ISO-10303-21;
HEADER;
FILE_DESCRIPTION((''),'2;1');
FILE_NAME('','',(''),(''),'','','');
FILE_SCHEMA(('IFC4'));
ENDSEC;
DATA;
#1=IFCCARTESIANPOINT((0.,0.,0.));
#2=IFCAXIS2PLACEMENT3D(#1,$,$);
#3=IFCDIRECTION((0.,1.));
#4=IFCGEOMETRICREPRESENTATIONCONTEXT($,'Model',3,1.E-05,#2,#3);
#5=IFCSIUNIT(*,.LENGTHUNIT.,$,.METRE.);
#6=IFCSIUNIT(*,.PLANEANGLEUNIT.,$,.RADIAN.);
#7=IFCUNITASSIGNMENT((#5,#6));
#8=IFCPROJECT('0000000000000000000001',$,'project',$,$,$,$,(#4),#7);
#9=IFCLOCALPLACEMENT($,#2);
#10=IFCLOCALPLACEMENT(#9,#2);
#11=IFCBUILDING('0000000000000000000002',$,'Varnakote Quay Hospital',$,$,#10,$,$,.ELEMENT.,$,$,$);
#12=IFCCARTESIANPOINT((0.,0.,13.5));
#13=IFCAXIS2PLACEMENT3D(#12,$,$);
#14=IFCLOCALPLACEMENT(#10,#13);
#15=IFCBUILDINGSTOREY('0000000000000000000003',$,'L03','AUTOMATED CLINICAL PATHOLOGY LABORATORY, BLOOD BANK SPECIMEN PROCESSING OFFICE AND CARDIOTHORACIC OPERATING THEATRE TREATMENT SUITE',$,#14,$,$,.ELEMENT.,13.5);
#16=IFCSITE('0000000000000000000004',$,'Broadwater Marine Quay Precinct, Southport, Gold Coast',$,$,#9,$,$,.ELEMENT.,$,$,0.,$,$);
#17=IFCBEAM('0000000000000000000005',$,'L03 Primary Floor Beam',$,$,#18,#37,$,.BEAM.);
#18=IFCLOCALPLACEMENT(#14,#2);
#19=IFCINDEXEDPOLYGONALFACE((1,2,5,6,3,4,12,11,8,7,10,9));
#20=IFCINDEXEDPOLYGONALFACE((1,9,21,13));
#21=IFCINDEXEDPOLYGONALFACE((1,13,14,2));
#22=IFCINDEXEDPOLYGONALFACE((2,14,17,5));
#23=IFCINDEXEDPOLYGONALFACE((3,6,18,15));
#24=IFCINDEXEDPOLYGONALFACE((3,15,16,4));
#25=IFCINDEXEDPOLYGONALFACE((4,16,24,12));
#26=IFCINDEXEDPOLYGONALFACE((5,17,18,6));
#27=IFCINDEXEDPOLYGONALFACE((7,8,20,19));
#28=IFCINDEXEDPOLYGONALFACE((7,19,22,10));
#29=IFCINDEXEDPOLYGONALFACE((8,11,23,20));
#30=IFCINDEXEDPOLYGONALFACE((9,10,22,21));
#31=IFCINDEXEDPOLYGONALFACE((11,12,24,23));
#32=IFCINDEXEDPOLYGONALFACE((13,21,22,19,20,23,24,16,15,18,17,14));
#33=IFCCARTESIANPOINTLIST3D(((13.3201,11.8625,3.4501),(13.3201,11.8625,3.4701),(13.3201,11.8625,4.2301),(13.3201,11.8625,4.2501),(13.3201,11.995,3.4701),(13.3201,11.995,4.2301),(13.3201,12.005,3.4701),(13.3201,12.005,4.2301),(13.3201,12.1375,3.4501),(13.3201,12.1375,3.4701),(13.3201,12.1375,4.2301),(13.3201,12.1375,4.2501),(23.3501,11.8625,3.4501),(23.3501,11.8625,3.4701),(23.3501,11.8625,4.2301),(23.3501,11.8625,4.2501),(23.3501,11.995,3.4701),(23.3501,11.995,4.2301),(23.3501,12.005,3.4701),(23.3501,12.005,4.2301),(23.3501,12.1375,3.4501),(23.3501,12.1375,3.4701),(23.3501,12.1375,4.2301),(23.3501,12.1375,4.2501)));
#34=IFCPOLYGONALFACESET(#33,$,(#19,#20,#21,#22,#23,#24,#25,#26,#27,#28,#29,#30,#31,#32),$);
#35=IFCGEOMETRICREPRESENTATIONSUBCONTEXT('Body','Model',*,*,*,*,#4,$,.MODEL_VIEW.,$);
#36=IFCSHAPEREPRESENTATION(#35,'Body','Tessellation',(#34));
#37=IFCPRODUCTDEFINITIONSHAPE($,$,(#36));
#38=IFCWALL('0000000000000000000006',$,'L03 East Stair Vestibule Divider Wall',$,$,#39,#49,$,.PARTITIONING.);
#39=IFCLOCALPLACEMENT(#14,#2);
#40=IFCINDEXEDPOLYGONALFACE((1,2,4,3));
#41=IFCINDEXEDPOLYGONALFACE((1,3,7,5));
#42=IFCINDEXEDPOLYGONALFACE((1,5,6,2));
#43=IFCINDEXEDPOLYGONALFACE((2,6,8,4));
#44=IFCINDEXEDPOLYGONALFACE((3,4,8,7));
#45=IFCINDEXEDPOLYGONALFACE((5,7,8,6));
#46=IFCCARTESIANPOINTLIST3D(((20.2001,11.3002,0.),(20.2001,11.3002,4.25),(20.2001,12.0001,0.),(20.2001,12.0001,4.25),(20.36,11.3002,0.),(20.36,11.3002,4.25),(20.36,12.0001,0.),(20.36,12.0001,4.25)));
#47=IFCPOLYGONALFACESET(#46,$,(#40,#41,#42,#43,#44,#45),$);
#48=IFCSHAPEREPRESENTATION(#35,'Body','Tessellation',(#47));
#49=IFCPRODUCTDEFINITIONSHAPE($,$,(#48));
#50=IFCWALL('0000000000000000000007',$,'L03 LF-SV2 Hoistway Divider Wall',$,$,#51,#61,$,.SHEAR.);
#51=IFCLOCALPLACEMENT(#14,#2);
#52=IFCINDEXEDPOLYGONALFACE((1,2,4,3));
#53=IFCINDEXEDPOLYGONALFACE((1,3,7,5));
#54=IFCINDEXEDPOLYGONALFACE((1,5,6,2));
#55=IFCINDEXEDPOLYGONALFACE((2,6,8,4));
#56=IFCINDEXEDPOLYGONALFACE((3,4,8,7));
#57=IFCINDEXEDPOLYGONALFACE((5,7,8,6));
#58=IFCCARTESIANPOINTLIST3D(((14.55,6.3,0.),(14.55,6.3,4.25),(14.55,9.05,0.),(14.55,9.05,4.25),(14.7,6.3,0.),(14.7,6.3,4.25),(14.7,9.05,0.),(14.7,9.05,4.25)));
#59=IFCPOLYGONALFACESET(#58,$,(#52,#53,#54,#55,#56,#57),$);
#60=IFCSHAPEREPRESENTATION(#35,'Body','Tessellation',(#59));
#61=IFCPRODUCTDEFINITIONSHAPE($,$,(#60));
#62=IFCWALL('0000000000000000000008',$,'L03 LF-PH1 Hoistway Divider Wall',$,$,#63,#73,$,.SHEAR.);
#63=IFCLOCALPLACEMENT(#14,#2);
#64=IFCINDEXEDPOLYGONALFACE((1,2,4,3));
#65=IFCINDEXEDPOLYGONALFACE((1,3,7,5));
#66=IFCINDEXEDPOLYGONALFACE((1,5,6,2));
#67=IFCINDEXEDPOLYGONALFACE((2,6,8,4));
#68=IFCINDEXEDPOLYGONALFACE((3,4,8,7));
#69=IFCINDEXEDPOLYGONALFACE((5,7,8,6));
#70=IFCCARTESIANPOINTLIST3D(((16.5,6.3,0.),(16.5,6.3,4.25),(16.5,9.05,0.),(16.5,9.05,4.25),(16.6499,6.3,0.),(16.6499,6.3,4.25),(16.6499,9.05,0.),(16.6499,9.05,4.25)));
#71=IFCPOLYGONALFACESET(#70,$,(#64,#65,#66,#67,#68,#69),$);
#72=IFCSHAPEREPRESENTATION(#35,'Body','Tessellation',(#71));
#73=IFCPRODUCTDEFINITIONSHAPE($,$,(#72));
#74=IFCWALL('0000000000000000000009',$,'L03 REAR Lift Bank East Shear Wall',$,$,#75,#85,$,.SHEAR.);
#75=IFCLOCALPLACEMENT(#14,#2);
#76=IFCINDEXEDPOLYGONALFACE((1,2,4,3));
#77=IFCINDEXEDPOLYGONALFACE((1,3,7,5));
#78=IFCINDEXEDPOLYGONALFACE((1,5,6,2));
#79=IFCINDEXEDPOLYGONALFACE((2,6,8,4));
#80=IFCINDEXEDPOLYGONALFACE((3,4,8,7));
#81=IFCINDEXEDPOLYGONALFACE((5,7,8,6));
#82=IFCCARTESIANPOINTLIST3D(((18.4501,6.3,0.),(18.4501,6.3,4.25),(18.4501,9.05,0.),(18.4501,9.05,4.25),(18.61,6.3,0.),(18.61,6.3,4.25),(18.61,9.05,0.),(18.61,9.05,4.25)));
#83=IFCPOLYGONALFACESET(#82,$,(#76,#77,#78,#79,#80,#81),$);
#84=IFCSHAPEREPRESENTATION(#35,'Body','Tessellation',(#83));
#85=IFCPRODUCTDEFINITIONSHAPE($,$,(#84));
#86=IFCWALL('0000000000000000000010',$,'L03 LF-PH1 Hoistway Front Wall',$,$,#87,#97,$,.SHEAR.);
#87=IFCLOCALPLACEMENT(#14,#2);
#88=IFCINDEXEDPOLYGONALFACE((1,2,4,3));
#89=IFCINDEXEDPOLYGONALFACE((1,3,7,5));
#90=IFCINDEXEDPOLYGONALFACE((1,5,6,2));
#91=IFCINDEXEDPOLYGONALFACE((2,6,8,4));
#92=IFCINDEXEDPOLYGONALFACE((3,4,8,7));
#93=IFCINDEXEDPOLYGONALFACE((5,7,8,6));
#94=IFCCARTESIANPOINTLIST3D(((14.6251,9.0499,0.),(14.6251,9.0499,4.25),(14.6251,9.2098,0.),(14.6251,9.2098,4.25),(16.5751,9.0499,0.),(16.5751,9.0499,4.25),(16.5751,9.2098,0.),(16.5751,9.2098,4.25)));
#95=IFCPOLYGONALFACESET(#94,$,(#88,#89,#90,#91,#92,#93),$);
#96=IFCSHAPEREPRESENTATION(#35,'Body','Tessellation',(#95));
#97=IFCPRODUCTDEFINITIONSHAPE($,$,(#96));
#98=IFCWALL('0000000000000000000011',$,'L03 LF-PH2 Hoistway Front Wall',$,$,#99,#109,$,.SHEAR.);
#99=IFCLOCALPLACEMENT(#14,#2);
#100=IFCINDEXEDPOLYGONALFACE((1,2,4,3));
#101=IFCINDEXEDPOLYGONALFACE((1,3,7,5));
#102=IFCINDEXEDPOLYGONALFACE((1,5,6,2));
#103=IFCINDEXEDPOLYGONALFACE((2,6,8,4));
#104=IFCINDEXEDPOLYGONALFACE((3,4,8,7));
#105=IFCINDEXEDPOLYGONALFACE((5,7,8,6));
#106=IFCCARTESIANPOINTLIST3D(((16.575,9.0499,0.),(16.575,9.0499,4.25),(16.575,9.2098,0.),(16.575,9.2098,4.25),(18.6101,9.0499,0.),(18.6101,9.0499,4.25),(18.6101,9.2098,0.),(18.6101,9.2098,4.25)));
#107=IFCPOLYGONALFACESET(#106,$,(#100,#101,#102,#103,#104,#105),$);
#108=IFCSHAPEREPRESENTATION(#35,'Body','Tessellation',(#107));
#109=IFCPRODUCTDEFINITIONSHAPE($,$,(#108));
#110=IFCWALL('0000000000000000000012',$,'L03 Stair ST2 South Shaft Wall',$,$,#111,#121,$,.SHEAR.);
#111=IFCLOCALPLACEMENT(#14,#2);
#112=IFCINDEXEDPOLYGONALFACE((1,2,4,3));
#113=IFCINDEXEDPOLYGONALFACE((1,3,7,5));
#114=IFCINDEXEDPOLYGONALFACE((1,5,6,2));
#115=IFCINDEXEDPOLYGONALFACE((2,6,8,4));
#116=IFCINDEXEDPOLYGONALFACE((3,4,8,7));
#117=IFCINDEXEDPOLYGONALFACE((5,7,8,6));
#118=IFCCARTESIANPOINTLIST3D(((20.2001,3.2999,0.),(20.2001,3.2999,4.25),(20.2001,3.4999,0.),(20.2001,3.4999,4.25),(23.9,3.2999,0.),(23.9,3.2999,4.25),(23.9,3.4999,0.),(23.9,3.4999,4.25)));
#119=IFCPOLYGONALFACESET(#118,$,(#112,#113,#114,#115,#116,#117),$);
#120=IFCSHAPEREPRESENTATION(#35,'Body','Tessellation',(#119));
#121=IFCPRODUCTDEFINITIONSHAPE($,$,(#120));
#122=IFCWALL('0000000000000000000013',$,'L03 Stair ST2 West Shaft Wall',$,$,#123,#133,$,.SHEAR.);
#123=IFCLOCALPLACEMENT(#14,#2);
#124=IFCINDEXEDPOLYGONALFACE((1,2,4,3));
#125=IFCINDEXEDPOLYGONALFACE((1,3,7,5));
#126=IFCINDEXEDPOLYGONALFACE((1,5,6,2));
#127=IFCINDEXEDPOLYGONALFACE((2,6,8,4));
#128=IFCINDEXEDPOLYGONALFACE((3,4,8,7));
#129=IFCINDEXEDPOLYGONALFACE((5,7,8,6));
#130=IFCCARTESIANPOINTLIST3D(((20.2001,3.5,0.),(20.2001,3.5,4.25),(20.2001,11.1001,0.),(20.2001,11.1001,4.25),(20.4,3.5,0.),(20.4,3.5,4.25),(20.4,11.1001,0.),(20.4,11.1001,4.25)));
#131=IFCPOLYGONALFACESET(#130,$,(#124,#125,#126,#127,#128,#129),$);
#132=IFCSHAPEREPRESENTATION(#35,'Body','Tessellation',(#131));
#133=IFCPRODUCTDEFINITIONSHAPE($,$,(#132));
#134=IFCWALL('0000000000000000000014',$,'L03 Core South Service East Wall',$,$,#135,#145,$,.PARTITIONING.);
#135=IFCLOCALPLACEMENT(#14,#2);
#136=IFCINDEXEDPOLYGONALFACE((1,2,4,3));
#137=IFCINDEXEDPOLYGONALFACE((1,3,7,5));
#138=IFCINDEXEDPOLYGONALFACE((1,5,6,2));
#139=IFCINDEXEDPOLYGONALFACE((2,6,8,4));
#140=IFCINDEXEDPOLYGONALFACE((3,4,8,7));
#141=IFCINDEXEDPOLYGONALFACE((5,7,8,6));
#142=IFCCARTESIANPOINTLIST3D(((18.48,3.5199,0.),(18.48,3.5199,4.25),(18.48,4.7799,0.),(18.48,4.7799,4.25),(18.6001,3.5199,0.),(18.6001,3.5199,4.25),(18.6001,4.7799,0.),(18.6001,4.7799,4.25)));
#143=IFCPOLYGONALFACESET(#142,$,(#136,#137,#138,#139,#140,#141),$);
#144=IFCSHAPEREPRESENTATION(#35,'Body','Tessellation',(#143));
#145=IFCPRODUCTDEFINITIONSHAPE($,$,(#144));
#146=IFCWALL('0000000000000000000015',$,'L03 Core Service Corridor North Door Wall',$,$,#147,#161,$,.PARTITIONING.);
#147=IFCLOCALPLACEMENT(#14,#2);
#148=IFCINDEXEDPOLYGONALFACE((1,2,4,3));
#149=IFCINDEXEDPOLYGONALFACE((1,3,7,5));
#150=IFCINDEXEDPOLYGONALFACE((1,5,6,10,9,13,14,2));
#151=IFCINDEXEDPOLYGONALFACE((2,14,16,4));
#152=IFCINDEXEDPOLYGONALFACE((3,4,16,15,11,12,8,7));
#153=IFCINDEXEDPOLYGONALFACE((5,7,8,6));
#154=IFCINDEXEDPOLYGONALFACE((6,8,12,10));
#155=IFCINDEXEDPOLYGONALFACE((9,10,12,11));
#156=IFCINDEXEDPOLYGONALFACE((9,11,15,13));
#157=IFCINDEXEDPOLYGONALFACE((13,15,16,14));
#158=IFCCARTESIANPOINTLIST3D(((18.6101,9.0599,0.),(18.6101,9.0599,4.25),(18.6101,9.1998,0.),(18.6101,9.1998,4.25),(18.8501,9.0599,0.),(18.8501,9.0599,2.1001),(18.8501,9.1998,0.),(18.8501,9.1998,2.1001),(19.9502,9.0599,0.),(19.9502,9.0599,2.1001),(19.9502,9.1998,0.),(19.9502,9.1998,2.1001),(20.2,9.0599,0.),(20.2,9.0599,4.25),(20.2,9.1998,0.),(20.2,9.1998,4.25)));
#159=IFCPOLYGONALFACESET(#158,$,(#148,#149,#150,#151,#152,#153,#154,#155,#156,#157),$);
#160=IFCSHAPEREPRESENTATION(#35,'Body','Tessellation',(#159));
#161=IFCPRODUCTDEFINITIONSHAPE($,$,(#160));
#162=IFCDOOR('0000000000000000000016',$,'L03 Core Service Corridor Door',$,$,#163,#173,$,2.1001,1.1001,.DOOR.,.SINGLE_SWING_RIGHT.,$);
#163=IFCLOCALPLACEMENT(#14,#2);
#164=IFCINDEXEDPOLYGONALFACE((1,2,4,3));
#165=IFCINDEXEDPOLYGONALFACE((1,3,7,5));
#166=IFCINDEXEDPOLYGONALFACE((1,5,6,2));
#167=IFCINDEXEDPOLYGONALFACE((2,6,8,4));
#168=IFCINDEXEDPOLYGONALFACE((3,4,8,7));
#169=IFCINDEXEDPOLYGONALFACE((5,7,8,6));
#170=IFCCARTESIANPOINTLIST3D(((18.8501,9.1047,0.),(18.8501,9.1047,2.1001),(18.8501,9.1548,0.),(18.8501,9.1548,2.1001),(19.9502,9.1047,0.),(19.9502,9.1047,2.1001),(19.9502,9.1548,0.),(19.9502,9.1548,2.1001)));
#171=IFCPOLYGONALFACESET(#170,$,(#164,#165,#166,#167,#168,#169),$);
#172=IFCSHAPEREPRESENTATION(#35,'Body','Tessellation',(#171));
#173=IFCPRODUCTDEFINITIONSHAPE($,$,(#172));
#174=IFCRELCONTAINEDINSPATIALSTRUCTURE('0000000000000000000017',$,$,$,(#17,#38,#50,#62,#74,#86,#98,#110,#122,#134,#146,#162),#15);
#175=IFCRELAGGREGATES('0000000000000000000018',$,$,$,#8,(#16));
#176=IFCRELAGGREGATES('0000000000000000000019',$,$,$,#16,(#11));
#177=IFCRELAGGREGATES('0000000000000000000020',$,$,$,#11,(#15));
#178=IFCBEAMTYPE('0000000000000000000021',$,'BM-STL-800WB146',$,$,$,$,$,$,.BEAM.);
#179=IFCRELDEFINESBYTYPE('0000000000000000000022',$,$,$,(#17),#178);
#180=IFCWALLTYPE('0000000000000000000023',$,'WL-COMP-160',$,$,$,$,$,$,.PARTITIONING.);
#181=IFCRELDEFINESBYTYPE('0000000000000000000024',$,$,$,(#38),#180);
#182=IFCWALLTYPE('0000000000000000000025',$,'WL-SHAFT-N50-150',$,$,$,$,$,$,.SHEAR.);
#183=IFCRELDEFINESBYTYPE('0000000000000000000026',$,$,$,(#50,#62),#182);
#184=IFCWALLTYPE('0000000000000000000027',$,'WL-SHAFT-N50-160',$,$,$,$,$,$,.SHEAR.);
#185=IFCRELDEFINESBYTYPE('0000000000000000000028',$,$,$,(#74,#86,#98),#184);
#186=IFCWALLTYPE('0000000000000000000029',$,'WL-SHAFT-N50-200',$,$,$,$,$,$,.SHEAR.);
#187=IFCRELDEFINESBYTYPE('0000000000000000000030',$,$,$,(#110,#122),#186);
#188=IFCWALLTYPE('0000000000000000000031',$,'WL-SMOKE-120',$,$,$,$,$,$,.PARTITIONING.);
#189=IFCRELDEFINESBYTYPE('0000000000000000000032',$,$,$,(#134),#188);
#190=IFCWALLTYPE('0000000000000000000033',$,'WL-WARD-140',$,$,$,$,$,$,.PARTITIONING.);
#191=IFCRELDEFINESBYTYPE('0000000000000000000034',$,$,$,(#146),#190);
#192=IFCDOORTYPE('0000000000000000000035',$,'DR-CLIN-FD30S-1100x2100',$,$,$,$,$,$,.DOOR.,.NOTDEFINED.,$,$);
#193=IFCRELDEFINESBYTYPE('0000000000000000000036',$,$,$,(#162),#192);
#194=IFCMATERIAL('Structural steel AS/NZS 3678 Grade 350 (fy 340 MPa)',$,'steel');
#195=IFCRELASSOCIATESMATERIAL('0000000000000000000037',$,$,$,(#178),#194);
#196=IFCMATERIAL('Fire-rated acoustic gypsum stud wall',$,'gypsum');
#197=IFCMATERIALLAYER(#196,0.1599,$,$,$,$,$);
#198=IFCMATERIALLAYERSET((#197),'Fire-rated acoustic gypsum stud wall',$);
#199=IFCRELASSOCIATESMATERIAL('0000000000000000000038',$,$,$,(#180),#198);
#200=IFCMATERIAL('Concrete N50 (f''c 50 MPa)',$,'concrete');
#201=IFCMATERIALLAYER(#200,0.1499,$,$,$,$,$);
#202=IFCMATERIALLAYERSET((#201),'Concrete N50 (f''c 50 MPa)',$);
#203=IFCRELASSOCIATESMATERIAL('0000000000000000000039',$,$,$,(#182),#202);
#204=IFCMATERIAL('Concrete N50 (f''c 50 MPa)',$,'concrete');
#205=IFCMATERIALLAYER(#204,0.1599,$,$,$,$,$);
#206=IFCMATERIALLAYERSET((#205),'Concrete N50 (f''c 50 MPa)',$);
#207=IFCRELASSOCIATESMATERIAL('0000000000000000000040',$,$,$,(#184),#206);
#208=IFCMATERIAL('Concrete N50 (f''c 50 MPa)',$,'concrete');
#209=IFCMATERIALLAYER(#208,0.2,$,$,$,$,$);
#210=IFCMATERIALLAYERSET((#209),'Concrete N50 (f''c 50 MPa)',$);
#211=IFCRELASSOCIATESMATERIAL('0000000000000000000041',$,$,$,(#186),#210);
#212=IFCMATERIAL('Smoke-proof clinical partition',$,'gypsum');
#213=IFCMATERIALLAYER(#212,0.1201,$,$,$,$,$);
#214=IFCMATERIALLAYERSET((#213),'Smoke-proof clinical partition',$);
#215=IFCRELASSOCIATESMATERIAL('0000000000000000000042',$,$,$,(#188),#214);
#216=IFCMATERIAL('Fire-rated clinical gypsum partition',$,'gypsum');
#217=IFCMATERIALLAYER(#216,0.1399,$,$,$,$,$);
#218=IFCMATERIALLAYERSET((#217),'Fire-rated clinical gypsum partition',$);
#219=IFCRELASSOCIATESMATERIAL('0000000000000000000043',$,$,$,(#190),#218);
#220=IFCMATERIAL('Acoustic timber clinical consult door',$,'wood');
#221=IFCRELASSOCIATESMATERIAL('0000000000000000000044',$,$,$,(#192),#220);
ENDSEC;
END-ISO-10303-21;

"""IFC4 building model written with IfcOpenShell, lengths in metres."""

from ifc_helpers import new_model, si_unit, direction, frame, frame_2d, origin, origin_2d, place, context, subcontext, project, spatial, rectangle, i_section, extrude, material, layer, layer_set, material_profile, profile_set, type_object, element, fill, save


model = new_model("IFC4")

# Units and contexts
model_context = context("Model", 3, precision=1e-05, world=origin(), true_north=direction((0.0, 1.0)))
body_context = subcontext(model_context, "Body", "Model", "MODEL_VIEW")
ifc_project = project(units=[si_unit("LENGTHUNIT", "METRE"), si_unit("PLANEANGLEUNIT", "RADIAN")], contexts=[model_context])

# Site, building, storey
site_placement = place(None, origin())
site = spatial("IfcSite", under=ifc_project, at=site_placement, Name="Broadwater Marine Quay Precinct, Southport, Gold Coast", CompositionType="ELEMENT", RefElevation=0.0)
building_placement = place(site_placement, origin())
building = spatial("IfcBuilding", under=site, at=building_placement, Name="Varnakote Quay Hospital", CompositionType="ELEMENT")
storey_placement = place(building_placement, frame((0.0, 0.0, 13.5)))
storey = spatial("IfcBuildingStorey", under=building, at=storey_placement, Name="L03", Description="AUTOMATED CLINICAL PATHOLOGY LABORATORY, BLOOD BANK SPECIMEN PROCESSING OFFICE AND CARDIOTHORACIC OPERATING THEATRE TREATMENT SUITE", CompositionType="ELEMENT", Elevation=13.5)

# Beam
ifc_material_1 = material(Name="Structural steel AS/NZS 3678 Grade 350 (fy 340 MPa)", Category="steel")
ifc_material_profile = material_profile(ifc_material_1, i_section(OverallWidth=0.2749, OverallDepth=0.8, WebThickness=0.01, FlangeThickness=0.02, at=origin_2d()), Name="800WB146")
ifc_profile_set = profile_set([ifc_material_profile], Name="Structural steel AS/NZS 3678 Grade 350 (fy 340 MPa)")
beam_type = type_object("IfcBeamType", Name="BM-STL-800WB146", PredefinedType="BEAM", material=ifc_profile_set)
beam_placement = place(storey_placement, frame((13.3201, 12.0, 3.8501), z_axis=(1.0, 0.0, 0.0), x_axis=(0.0, 1.0, 0.0)))
element("IfcBeam", 1, at=beam_placement, inside=storey, type_object=beam_type, Name="L03 Primary Floor Beam", PredefinedType="BEAM", context=body_context, shape_type="SweptSolid", body=[
    extrude(i_section(OverallWidth=0.2749, OverallDepth=0.8, WebThickness=0.01, FlangeThickness=0.02, at=origin_2d()), origin(), (0.0, 0.0, 1.0), 10.03),
])

# Walls
ifc_material_2 = material(Name="Fire-rated acoustic gypsum stud wall", Category="gypsum")
ifc_layer_1 = layer(ifc_material_2, 0.1599)
ifc_layer_set_1 = layer_set([ifc_layer_1], Name="Fire-rated acoustic gypsum stud wall")
wall_type_1 = type_object("IfcWallType", Name="WL-COMP-160", PredefinedType="PARTITIONING", material=ifc_layer_set_1)
wall_1_placement = place(storey_placement, frame((20.28, 11.3, 0.0), z_axis=(0.0, 0.0, 1.0), x_axis=(0.0, 1.0, 0.0)))
element("IfcWall", 2, at=wall_1_placement, inside=storey, type_object=wall_type_1, Name="L03 East Stair Vestibule Divider Wall", PredefinedType="PARTITIONING", context=body_context, shape_type="SweptSolid", body=[
    extrude(rectangle(XDim=0.7, YDim=0.1599, at=frame_2d((0.3501, 0.0))), origin(), (0.0, 0.0, 1.0), 4.25),
])
ifc_material_3 = material(Name="Concrete N50 (f'c 50 MPa)", Category="concrete")
ifc_layer_2 = layer(ifc_material_3, 0.1499)
ifc_layer_set_2 = layer_set([ifc_layer_2], Name="Concrete N50 (f'c 50 MPa)")
wall_type_2 = type_object("IfcWallType", Name="WL-SHAFT-N50-150", PredefinedType="SHEAR", material=ifc_layer_set_2)
for number, where, z_axis, x_axis, name in (
    (3, (14.625, 6.3, 0.0), (0.0, 0.0, 1.0), (0.0, 1.0, 0.0), "L03 LF-SV2 Hoistway Divider Wall"),
    (4, (16.575, 6.3, 0.0), (0.0, 0.0, 1.0), (0.0, 1.0, 0.0), "L03 LF-PH1 Hoistway Divider Wall"),
):
    element("IfcWall", number, at=place(storey_placement, frame(where, z_axis=z_axis, x_axis=x_axis)), inside=storey, type_object=wall_type_2, Name=name, PredefinedType="SHEAR", context=body_context, shape_type="SweptSolid", body=[
        extrude(rectangle(XDim=2.75, YDim=0.1499, at=frame_2d((1.375, 0.0))), origin(), (0.0, 0.0, 1.0), 4.25),
    ])
ifc_material_4 = material(Name="Concrete N50 (f'c 50 MPa)", Category="concrete")
ifc_layer_3 = layer(ifc_material_4, 0.1599)
ifc_layer_set_3 = layer_set([ifc_layer_3], Name="Concrete N50 (f'c 50 MPa)")
wall_type_3 = type_object("IfcWallType", Name="WL-SHAFT-N50-160", PredefinedType="SHEAR", material=ifc_layer_set_3)
wall_2_placement = place(storey_placement, frame((18.53, 6.3, 0.0), z_axis=(0.0, 0.0, 1.0), x_axis=(0.0, 1.0, 0.0)))
element("IfcWall", 5, at=wall_2_placement, inside=storey, type_object=wall_type_3, Name="L03 REAR Lift Bank East Shear Wall", PredefinedType="SHEAR", context=body_context, shape_type="SweptSolid", body=[
    extrude(rectangle(XDim=2.75, YDim=0.1599, at=frame_2d((1.375, 0.0))), origin(), (0.0, 0.0, 1.0), 4.25),
])
wall_3_placement = place(storey_placement, frame((14.625, 9.1299, 0.0), z_axis=(0.0, 0.0, 1.0), x_axis=(1.0, 0.0, 0.0)))
element("IfcWall", 6, at=wall_3_placement, inside=storey, type_object=wall_type_3, Name="L03 LF-PH1 Hoistway Front Wall", PredefinedType="SHEAR", context=body_context, shape_type="SweptSolid", body=[
    extrude(rectangle(XDim=1.95, YDim=0.1599, at=frame_2d((0.9751, 0.0))), origin(), (0.0, 0.0, 1.0), 4.25),
])
wall_4_placement = place(storey_placement, frame((16.575, 9.1299, 0.0), z_axis=(0.0, 0.0, 1.0), x_axis=(1.0, 0.0, 0.0)))
element("IfcWall", 7, at=wall_4_placement, inside=storey, type_object=wall_type_3, Name="L03 LF-PH2 Hoistway Front Wall", PredefinedType="SHEAR", context=body_context, shape_type="SweptSolid", body=[
    extrude(rectangle(XDim=2.0352, YDim=0.1599, at=frame_2d((1.0176, 0.0))), origin(), (0.0, 0.0, 1.0), 4.25),
])
ifc_material_5 = material(Name="Concrete N50 (f'c 50 MPa)", Category="concrete")
ifc_layer_4 = layer(ifc_material_5, 0.2)
ifc_layer_set_4 = layer_set([ifc_layer_4], Name="Concrete N50 (f'c 50 MPa)")
wall_type_4 = type_object("IfcWallType", Name="WL-SHAFT-N50-200", PredefinedType="SHEAR", material=ifc_layer_set_4)
wall_5_placement = place(storey_placement, frame((20.2, 3.3999, 0.0), z_axis=(0.0, 0.0, 1.0), x_axis=(1.0, 0.0, 0.0)))
element("IfcWall", 8, at=wall_5_placement, inside=storey, type_object=wall_type_4, Name="L03 Stair ST2 South Shaft Wall", PredefinedType="SHEAR", context=body_context, shape_type="SweptSolid", body=[
    extrude(rectangle(XDim=3.7, YDim=0.2, at=frame_2d((1.8501, 0.0))), origin(), (0.0, 0.0, 1.0), 4.25),
])
wall_6_placement = place(storey_placement, frame((20.3, 3.5, 0.0), z_axis=(0.0, 0.0, 1.0), x_axis=(0.0, 1.0, 0.0)))
element("IfcWall", 9, at=wall_6_placement, inside=storey, type_object=wall_type_4, Name="L03 Stair ST2 West Shaft Wall", PredefinedType="SHEAR", context=body_context, shape_type="SweptSolid", body=[
    extrude(rectangle(XDim=7.6001, YDim=0.2, at=frame_2d((3.8, 0.0))), origin(), (0.0, 0.0, 1.0), 4.25),
])

# Wall
ifc_material_6 = material(Name="Smoke-proof clinical partition", Category="gypsum")
ifc_layer_5 = layer(ifc_material_6, 0.1201)
ifc_layer_set_5 = layer_set([ifc_layer_5], Name="Smoke-proof clinical partition")
wall_type_5 = type_object("IfcWallType", Name="WL-SMOKE-120", PredefinedType="PARTITIONING", material=ifc_layer_set_5)
wall_7_placement = place(storey_placement, frame((18.54, 3.52, 0.0), z_axis=(0.0, 0.0, 1.0), x_axis=(0.0, 1.0, 0.0)))
element("IfcWall", 10, at=wall_7_placement, inside=storey, type_object=wall_type_5, Name="L03 Core South Service East Wall", PredefinedType="PARTITIONING", context=body_context, shape_type="SweptSolid", body=[
    extrude(rectangle(XDim=1.26, YDim=0.1201, at=frame_2d((0.6299, 0.0))), origin(), (0.0, 0.0, 1.0), 4.25),
])

# Wall, opening, door
ifc_material_7 = material(Name="Fire-rated clinical gypsum partition", Category="gypsum")
ifc_layer_6 = layer(ifc_material_7, 0.1399)
ifc_layer_set_6 = layer_set([ifc_layer_6], Name="Fire-rated clinical gypsum partition")
wall_type_6 = type_object("IfcWallType", Name="WL-WARD-140", PredefinedType="PARTITIONING", material=ifc_layer_set_6)
wall_8_placement = place(storey_placement, frame((18.6101, 9.1299, 0.0), z_axis=(0.0, 0.0, 1.0), x_axis=(1.0, 0.0, 0.0)))
wall_8 = element("IfcWall", 11, at=wall_8_placement, inside=storey, type_object=wall_type_6, Name="L03 Core Service Corridor North Door Wall", PredefinedType="PARTITIONING", context=body_context, shape_type="SweptSolid", body=[
    extrude(rectangle(XDim=1.5898, YDim=0.1399, at=frame_2d((0.7949, 0.0))), origin(), (0.0, 0.0, 1.0), 4.25),
])
opening_1_placement = place(wall_8_placement, frame((0.24, 0.0, 0.0)))
opening_1 = element("IfcOpeningElement", 12, at=opening_1_placement, cuts=wall_8, PredefinedType="OPENING", context=body_context, shape_type="SweptSolid", body=[
    extrude(rectangle(XDim=1.1001, YDim=2.1001, at=frame_2d((0.55, 1.05))), frame((0.0, 0.0798, 0.0), z_axis=(0.0, -1.0, 0.0), x_axis=(1.0, 0.0, 0.0)), (0.0, 0.0, 1.0), 0.1599),
])
ifc_material_8 = material(Name="Acoustic timber clinical consult door", Category="wood")
door_type_1 = type_object("IfcDoorType", Name="DR-CLIN-FD30S-1100x2100", OperationType="NOTDEFINED", PredefinedType="DOOR", material=ifc_material_8)
door_1_placement = place(opening_1_placement, origin())
door_1 = element("IfcDoor", 13, at=door_1_placement, inside=storey, type_object=door_type_1, Name="L03 Core Service Corridor Door", OperationType="SINGLE_SWING_RIGHT", OverallHeight=2.1001, OverallWidth=1.1001, PredefinedType="DOOR", context=body_context, shape_type="SweptSolid", body=[
    extrude(rectangle(XDim=1.1001, YDim=2.1001, at=frame_2d((0.55, 1.05))), frame((0.0, 0.0249, 0.0), z_axis=(0.0, -1.0, 0.0), x_axis=(1.0, 0.0, 0.0)), (0.0, 0.0, 1.0), 0.05),
])
fill(opening_1, door_1)

save(model, "model.ifc")
